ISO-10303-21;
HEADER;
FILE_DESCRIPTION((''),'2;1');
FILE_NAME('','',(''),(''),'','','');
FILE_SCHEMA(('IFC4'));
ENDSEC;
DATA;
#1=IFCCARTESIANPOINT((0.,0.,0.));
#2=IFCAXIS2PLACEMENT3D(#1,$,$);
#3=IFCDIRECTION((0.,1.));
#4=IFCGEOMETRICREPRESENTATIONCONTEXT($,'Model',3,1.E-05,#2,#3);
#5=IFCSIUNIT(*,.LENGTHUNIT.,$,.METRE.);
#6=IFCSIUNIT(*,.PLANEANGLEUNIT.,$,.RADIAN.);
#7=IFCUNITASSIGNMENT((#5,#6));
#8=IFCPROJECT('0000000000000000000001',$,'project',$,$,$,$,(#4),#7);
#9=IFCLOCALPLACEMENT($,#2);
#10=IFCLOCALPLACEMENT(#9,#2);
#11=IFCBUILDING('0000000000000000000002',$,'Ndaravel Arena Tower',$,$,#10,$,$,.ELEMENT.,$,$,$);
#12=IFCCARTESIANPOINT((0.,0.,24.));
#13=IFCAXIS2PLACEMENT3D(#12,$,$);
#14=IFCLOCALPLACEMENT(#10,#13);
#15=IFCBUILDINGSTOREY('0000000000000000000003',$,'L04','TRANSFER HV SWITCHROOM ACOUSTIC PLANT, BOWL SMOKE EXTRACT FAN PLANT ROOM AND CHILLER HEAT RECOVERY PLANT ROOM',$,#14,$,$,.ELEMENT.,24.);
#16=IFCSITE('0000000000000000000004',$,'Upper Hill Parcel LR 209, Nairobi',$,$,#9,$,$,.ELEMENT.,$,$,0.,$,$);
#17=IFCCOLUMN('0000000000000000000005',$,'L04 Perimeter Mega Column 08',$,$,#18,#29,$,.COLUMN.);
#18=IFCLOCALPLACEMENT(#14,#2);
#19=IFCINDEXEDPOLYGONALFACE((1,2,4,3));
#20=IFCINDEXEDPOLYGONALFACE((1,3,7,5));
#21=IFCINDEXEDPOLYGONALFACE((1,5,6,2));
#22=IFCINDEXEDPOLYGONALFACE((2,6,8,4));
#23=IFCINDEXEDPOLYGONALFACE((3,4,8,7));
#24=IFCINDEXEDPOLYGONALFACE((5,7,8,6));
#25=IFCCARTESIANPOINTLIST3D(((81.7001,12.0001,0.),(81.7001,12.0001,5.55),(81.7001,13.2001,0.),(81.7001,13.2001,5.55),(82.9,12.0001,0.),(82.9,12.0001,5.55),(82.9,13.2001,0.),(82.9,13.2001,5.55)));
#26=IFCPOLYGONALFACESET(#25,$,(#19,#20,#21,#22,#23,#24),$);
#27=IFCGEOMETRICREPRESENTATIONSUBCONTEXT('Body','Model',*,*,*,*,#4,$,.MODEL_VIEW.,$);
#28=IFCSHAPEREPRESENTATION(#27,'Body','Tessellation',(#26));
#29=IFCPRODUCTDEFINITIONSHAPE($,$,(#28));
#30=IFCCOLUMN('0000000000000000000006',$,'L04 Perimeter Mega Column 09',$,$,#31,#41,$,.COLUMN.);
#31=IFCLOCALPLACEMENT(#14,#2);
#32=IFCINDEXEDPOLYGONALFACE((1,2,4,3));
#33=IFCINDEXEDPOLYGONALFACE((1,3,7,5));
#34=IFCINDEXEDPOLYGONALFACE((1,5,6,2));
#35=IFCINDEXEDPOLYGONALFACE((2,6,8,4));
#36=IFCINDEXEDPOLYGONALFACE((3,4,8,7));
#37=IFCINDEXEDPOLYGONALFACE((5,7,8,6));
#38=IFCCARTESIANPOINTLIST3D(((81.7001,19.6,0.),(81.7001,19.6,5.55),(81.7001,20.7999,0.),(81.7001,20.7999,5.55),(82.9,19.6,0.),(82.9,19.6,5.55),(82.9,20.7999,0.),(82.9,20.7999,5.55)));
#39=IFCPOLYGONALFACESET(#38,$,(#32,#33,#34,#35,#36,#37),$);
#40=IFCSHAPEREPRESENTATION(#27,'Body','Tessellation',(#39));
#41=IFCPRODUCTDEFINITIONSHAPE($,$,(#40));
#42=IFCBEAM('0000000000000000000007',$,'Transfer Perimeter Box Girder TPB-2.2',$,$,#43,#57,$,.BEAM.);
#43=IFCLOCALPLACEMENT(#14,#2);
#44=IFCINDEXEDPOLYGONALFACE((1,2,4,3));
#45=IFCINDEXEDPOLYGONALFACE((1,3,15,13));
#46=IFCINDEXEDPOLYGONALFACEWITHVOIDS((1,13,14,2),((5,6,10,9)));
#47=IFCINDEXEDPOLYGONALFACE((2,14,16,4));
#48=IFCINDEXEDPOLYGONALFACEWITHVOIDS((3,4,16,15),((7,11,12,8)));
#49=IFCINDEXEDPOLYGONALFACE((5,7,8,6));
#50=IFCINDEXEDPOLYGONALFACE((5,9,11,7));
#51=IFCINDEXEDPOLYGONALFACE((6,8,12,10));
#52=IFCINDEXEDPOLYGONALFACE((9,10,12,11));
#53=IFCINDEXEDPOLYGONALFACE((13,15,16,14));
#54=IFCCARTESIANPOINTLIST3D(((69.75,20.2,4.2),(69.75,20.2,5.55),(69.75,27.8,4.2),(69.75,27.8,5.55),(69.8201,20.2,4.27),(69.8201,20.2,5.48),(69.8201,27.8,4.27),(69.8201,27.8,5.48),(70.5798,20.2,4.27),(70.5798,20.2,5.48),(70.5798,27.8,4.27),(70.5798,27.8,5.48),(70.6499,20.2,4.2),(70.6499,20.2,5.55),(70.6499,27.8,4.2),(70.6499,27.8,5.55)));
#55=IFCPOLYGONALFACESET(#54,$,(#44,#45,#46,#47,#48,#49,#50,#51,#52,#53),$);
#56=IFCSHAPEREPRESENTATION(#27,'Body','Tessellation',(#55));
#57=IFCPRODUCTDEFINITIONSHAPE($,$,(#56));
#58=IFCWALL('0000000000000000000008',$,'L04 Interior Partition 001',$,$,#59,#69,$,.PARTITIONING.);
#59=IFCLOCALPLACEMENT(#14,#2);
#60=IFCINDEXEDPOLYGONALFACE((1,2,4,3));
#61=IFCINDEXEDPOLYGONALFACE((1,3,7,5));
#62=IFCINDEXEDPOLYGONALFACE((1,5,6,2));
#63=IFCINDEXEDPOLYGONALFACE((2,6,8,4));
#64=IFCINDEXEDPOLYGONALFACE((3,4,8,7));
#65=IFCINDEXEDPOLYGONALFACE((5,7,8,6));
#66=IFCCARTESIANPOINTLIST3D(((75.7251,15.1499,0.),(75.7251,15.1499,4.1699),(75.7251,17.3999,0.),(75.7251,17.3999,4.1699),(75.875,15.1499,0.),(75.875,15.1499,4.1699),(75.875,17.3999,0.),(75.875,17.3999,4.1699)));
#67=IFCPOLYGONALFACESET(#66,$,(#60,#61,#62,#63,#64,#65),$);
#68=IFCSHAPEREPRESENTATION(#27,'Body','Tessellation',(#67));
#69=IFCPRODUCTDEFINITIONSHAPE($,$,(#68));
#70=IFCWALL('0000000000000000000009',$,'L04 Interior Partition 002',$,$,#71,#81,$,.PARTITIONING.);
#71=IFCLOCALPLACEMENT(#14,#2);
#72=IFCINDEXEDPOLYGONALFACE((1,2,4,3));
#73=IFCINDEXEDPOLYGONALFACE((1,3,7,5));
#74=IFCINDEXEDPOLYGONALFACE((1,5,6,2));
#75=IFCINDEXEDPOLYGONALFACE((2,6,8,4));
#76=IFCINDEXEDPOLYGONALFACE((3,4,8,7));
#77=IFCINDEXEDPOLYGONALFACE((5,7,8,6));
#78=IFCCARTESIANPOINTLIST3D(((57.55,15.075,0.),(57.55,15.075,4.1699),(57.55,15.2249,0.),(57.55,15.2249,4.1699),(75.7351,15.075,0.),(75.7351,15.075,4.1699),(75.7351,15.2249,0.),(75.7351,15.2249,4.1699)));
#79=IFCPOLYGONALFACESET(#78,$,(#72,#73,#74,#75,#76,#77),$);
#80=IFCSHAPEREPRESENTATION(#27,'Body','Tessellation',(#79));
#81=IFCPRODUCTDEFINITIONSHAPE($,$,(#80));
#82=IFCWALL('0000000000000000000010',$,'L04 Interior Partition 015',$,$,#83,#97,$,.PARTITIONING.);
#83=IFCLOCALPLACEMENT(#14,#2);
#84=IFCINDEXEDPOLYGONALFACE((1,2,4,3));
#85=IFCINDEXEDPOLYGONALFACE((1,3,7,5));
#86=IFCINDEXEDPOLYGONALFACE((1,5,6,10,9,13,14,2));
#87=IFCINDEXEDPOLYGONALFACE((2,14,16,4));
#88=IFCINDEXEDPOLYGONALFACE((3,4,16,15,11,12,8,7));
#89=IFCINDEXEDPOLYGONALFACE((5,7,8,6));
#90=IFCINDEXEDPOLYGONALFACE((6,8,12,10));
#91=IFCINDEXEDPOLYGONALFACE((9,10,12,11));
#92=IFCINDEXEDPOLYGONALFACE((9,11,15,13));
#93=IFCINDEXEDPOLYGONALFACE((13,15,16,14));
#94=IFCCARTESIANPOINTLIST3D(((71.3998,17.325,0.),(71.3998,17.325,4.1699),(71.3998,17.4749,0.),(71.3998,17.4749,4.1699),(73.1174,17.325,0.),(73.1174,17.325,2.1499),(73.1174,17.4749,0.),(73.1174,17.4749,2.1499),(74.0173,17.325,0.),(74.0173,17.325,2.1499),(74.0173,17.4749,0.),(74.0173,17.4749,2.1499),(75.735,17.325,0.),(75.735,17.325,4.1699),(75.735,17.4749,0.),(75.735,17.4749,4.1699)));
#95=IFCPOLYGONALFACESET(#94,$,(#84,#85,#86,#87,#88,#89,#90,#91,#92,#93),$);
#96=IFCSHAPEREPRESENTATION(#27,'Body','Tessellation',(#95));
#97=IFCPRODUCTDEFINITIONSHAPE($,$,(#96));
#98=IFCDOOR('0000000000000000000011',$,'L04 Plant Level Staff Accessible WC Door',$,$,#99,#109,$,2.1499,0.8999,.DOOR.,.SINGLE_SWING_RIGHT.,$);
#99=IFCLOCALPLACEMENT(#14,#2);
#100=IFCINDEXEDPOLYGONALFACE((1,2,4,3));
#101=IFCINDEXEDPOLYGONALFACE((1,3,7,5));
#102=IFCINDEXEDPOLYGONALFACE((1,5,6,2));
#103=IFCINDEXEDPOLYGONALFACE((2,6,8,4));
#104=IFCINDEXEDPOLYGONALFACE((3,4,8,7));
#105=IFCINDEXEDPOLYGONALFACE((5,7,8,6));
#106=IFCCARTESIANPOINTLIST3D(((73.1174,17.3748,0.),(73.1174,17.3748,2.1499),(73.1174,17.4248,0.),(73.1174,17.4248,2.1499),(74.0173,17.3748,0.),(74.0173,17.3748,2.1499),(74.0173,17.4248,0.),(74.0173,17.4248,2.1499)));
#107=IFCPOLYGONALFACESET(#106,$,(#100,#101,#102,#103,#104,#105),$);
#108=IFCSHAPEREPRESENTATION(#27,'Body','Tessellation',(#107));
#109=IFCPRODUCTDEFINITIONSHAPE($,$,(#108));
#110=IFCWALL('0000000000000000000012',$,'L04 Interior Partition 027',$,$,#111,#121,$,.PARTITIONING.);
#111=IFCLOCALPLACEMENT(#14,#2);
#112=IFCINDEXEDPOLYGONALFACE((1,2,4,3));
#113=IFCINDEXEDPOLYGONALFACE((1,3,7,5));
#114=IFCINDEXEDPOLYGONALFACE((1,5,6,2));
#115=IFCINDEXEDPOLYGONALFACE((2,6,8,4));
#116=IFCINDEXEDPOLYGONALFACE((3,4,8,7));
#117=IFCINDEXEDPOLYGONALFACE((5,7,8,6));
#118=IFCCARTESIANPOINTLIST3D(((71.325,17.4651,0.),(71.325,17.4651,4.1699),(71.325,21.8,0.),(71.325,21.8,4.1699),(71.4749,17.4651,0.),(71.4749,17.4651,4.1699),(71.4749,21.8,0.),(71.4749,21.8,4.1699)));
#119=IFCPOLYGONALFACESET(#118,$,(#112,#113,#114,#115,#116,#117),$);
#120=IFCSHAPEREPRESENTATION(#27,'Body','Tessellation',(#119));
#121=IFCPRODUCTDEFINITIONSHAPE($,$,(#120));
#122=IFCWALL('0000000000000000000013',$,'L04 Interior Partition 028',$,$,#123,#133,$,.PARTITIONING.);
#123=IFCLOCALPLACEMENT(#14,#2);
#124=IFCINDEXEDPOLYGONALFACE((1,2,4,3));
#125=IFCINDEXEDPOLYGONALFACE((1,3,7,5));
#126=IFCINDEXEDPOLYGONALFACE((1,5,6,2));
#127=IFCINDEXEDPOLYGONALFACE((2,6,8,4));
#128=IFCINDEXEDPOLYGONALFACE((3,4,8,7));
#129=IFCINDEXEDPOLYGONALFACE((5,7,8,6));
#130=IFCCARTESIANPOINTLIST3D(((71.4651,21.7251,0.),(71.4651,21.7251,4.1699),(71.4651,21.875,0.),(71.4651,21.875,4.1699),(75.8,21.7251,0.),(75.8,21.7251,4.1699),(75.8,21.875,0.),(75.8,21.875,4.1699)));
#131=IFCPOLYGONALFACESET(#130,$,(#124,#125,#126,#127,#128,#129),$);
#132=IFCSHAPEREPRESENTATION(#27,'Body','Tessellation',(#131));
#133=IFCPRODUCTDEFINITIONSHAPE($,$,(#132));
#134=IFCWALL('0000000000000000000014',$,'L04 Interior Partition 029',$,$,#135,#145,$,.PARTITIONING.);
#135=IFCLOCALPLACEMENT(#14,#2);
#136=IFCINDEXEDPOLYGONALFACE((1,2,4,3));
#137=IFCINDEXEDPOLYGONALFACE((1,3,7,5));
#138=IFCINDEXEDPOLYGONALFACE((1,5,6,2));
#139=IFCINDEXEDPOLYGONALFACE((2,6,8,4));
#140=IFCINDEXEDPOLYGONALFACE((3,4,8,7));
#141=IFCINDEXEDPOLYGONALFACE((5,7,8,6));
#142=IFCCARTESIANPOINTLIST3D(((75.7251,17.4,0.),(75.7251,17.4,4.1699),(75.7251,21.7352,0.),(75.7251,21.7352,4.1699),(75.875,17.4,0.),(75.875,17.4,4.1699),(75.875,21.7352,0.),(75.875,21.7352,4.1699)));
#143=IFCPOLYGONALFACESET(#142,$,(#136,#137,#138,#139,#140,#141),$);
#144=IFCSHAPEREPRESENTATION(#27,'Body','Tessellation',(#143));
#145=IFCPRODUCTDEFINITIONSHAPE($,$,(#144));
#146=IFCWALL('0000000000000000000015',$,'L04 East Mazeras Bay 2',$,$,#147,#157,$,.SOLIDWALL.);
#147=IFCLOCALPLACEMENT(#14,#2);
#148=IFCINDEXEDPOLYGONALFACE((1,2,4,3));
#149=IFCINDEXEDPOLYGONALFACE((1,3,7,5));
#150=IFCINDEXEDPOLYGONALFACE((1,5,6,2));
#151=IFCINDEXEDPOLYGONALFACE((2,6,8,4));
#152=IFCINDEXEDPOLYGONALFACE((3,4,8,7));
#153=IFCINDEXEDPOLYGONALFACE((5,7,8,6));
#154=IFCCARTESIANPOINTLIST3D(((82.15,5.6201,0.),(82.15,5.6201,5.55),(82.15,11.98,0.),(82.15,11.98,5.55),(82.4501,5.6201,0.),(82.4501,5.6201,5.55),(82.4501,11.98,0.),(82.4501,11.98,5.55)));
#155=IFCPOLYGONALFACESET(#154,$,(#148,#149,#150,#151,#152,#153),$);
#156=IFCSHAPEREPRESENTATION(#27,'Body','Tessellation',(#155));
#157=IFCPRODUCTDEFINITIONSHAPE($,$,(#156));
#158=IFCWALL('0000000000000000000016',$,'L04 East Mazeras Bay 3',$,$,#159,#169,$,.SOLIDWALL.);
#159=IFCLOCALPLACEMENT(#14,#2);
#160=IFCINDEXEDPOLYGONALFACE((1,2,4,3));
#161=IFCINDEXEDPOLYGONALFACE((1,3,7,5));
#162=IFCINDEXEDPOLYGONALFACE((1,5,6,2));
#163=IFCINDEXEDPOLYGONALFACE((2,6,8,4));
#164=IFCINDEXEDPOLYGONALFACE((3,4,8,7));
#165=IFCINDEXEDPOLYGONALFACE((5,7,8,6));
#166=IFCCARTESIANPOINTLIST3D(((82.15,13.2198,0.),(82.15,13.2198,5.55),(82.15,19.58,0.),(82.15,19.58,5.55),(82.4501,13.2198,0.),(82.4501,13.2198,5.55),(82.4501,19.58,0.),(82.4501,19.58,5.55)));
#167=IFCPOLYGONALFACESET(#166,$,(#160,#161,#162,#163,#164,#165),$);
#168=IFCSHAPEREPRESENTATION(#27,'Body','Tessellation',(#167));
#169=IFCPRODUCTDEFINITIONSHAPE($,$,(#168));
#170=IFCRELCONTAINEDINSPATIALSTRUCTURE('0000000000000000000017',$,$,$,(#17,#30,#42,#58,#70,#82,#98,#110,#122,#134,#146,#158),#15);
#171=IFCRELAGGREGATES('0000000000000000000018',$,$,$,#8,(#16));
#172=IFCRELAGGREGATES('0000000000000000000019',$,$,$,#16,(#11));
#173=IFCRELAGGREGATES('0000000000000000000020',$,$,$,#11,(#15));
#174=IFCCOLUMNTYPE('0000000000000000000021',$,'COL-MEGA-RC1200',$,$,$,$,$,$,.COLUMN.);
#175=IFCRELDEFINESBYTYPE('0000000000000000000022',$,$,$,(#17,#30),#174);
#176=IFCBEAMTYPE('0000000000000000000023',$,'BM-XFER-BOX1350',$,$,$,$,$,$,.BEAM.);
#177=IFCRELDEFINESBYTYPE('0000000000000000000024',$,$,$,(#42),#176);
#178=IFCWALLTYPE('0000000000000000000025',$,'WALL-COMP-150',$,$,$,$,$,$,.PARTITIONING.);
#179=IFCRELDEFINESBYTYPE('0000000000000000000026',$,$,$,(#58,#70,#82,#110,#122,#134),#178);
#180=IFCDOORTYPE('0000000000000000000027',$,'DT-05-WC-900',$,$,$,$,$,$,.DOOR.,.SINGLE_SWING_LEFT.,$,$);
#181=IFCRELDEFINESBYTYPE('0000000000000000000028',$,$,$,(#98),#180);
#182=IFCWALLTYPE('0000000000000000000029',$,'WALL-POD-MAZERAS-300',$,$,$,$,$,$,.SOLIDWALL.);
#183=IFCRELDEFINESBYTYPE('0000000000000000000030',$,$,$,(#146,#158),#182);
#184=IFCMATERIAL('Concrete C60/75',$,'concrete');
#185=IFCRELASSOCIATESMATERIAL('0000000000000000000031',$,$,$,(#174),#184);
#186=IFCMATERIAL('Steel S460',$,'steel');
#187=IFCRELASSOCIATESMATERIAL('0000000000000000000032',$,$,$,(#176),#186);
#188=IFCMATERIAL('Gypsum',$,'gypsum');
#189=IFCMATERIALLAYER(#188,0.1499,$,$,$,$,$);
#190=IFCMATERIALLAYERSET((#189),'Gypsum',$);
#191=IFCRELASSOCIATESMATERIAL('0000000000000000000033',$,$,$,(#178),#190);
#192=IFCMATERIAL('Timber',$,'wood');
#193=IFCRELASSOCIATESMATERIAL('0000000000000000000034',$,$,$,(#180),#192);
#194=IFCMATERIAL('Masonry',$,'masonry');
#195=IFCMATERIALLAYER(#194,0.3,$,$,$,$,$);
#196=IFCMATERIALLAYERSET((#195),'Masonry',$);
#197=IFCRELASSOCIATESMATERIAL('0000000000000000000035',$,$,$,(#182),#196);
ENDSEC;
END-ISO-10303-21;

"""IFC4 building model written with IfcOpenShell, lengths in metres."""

from ifc_helpers import new_model, si_unit, direction, frame, frame_2d, origin, origin_2d, place, context, subcontext, project, spatial, rectangle, hollow_rectangle, extrude, material, layer, layer_set, material_profile, profile_set, type_object, element, fill, save


model = new_model("IFC4")

# Units and contexts
model_context = context("Model", 3, precision=1e-05, world=origin(), true_north=direction((0.0, 1.0)))
body_context = subcontext(model_context, "Body", "Model", "MODEL_VIEW")
ifc_project = project(units=[si_unit("LENGTHUNIT", "METRE"), si_unit("PLANEANGLEUNIT", "RADIAN")], contexts=[model_context])

# Site, building, storey
site_placement = place(None, origin())
site = spatial("IfcSite", under=ifc_project, at=site_placement, Name="Upper Hill Parcel LR 209, Nairobi", CompositionType="ELEMENT", RefElevation=0.0)
building_placement = place(site_placement, origin())
building = spatial("IfcBuilding", under=site, at=building_placement, Name="Ndaravel Arena Tower", CompositionType="ELEMENT")
storey_placement = place(building_placement, frame((0.0, 0.0, 24.0)))
storey = spatial("IfcBuildingStorey", under=building, at=storey_placement, Name="L04", Description="TRANSFER HV SWITCHROOM ACOUSTIC PLANT, BOWL SMOKE EXTRACT FAN PLANT ROOM AND CHILLER HEAT RECOVERY PLANT ROOM", CompositionType="ELEMENT", Elevation=24.0)

# Columns
ifc_material_1 = material(Name="Concrete C60/75", Category="concrete")
ifc_material_profile_1 = material_profile(ifc_material_1, rectangle(XDim=1.2, YDim=1.2, at=origin_2d()), Name="RC 1200x1200")
ifc_profile_set_1 = profile_set([ifc_material_profile_1], Name="Concrete C60/75")
column_type = type_object("IfcColumnType", Name="COL-MEGA-RC1200", PredefinedType="COLUMN", material=ifc_profile_set_1)
for number, where, z_axis, x_axis, name in (
    (1, (82.3, 12.6001, 0.0), (0.0, 0.0, 1.0), (1.0, 0.0, 0.0), "L04 Perimeter Mega Column 08"),
    (2, (82.3, 20.2, 0.0), (0.0, 0.0, 1.0), (1.0, 0.0, 0.0), "L04 Perimeter Mega Column 09"),
):
    element("IfcColumn", number, at=place(storey_placement, frame(where, z_axis=z_axis, x_axis=x_axis)), inside=storey, type_object=column_type, Name=name, PredefinedType="COLUMN", context=body_context, shape_type="SweptSolid", body=[
        extrude(rectangle(XDim=1.2, YDim=1.2, at=origin_2d()), origin(), (0.0, 0.0, 1.0), 5.55),
    ])

# Beam
ifc_material_2 = material(Name="Steel S460", Category="steel")
ifc_material_profile_2 = material_profile(ifc_material_2, hollow_rectangle(XDim=0.8999, YDim=1.3501, WallThickness=0.0701, at=origin_2d()), Name="BOX 1350x900x70")
ifc_profile_set_2 = profile_set([ifc_material_profile_2], Name="Steel S460")
beam_type = type_object("IfcBeamType", Name="BM-XFER-BOX1350", PredefinedType="BEAM", material=ifc_profile_set_2)
beam_placement = place(storey_placement, frame((70.2, 20.2, 4.875), z_axis=(0.0, 1.0, 0.0), x_axis=(-1.0, 0.0, 0.0)))
element("IfcBeam", 3, at=beam_placement, inside=storey, type_object=beam_type, Name="Transfer Perimeter Box Girder TPB-2.2", PredefinedType="BEAM", context=body_context, shape_type="SweptSolid", body=[
    extrude(hollow_rectangle(XDim=0.8999, YDim=1.3501, WallThickness=0.0701, at=origin_2d()), origin(), (0.0, 0.0, 1.0), 7.6001),
])

# Walls
ifc_material_3 = material(Name="Gypsum", Category="gypsum")
ifc_layer_1 = layer(ifc_material_3, 0.1499)
ifc_layer_set_1 = layer_set([ifc_layer_1], Name="Gypsum")
wall_type_1 = type_object("IfcWallType", Name="WALL-COMP-150", PredefinedType="PARTITIONING", material=ifc_layer_set_1)
wall_1_placement = place(storey_placement, frame((75.8, 17.3999, 0.0), z_axis=(0.0, 0.0, 1.0), x_axis=(0.0, -1.0, 0.0)))
element("IfcWall", 4, at=wall_1_placement, inside=storey, type_object=wall_type_1, Name="L04 Interior Partition 001", PredefinedType="PARTITIONING", context=body_context, shape_type="SweptSolid", body=[
    extrude(rectangle(XDim=2.25, YDim=0.1499, at=frame_2d((1.125, 0.0))), origin(), (0.0, 0.0, 1.0), 4.1699),
])
wall_2_placement = place(storey_placement, frame((75.7351, 15.1499, 0.0), z_axis=(0.0, 0.0, 1.0), x_axis=(-1.0, 0.0, 0.0)))
element("IfcWall", 5, at=wall_2_placement, inside=storey, type_object=wall_type_1, Name="L04 Interior Partition 002", PredefinedType="PARTITIONING", context=body_context, shape_type="SweptSolid", body=[
    extrude(rectangle(XDim=18.1851, YDim=0.1499, at=frame_2d((9.0925, 0.0))), origin(), (0.0, 0.0, 1.0), 4.1699),
])

# Wall, opening, door
wall_3_placement = place(storey_placement, frame((71.3999, 17.3999, 0.0), z_axis=(0.0, 0.0, 1.0), x_axis=(1.0, 0.0, 0.0)))
wall_3 = element("IfcWall", 6, at=wall_3_placement, inside=storey, type_object=wall_type_1, Name="L04 Interior Partition 015", PredefinedType="PARTITIONING", context=body_context, shape_type="SweptSolid", body=[
    extrude(rectangle(XDim=4.3352, YDim=0.1499, at=frame_2d((2.1675, 0.0))), origin(), (0.0, 0.0, 1.0), 4.1699),
])
opening_1_placement = place(wall_3_placement, frame((1.7175, 0.0, 0.0)))
opening_1 = element("IfcOpeningElement", 7, at=opening_1_placement, cuts=wall_3, PredefinedType="OPENING", context=body_context, shape_type="SweptSolid", body=[
    extrude(rectangle(XDim=0.8999, YDim=2.1499, at=frame_2d((0.45, 1.075))), frame((0.0, 0.075, 0.0), z_axis=(0.0, -1.0, 0.0), x_axis=(1.0, 0.0, 0.0)), (0.0, 0.0, 1.0), 0.1499),
])
ifc_material_4 = material(Name="Timber", Category="wood")
door_type_1 = type_object("IfcDoorType", Name="DT-05-WC-900", OperationType="SINGLE_SWING_LEFT", PredefinedType="DOOR", material=ifc_material_4)
door_1_placement = place(opening_1_placement, origin())
door_1 = element("IfcDoor", 8, at=door_1_placement, inside=storey, type_object=door_type_1, Name="L04 Plant Level Staff Accessible WC Door", OperationType="SINGLE_SWING_RIGHT", OverallHeight=2.1499, OverallWidth=0.8999, PredefinedType="DOOR", context=body_context, shape_type="SweptSolid", body=[
    extrude(rectangle(XDim=0.8999, YDim=2.1499, at=frame_2d((0.45, 1.075))), frame((0.0, 0.0249, 0.0), z_axis=(0.0, -1.0, 0.0), x_axis=(1.0, 0.0, 0.0)), (0.0, 0.0, 1.0), 0.05),
])
fill(opening_1, door_1)

# Walls
for number, where, z_axis, x_axis, name in (
    (9, (71.3999, 17.4651, 0.0), (0.0, 0.0, 1.0), (0.0, 1.0, 0.0), "L04 Interior Partition 027"),
    (10, (71.4651, 21.8, 0.0), (0.0, 0.0, 1.0), (1.0, 0.0, 0.0), "L04 Interior Partition 028"),
):
    element("IfcWall", number, at=place(storey_placement, frame(where, z_axis=z_axis, x_axis=x_axis)), inside=storey, type_object=wall_type_1, Name=name, PredefinedType="PARTITIONING", context=body_context, shape_type="SweptSolid", body=[
        extrude(rectangle(XDim=4.335, YDim=0.1499, at=frame_2d((2.1675, 0.0))), origin(), (0.0, 0.0, 1.0), 4.1699),
    ])
wall_4_placement = place(storey_placement, frame((75.8, 21.7351, 0.0), z_axis=(0.0, 0.0, 1.0), x_axis=(0.0, -1.0, 0.0)))
element("IfcWall", 11, at=wall_4_placement, inside=storey, type_object=wall_type_1, Name="L04 Interior Partition 029", PredefinedType="PARTITIONING", context=body_context, shape_type="SweptSolid", body=[
    extrude(rectangle(XDim=4.3352, YDim=0.1499, at=frame_2d((2.1675, 0.0))), origin(), (0.0, 0.0, 1.0), 4.1699),
])
ifc_material_5 = material(Name="Masonry", Category="masonry")
ifc_layer_2 = layer(ifc_material_5, 0.3)
ifc_layer_set_2 = layer_set([ifc_layer_2], Name="Masonry")
wall_type_2 = type_object("IfcWallType", Name="WALL-POD-MAZERAS-300", PredefinedType="SOLIDWALL", material=ifc_layer_set_2)
wall_5_placement = place(storey_placement, frame((82.3, 11.98, 0.0), z_axis=(0.0, 0.0, 1.0), x_axis=(0.0, -1.0, 0.0)))
element("IfcWall", 12, at=wall_5_placement, inside=storey, type_object=wall_type_2, Name="L04 East Mazeras Bay 2", PredefinedType="SOLIDWALL", context=body_context, shape_type="SweptSolid", body=[
    extrude(rectangle(XDim=6.3599, YDim=0.3, at=frame_2d((3.1799, 0.0))), origin(), (0.0, 0.0, 1.0), 5.55),
])
wall_6_placement = place(storey_placement, frame((82.3, 19.5801, 0.0), z_axis=(0.0, 0.0, 1.0), x_axis=(0.0, -1.0, 0.0)))
element("IfcWall", 13, at=wall_6_placement, inside=storey, type_object=wall_type_2, Name="L04 East Mazeras Bay 3", PredefinedType="SOLIDWALL", context=body_context, shape_type="SweptSolid", body=[
    extrude(rectangle(XDim=6.3601, YDim=0.3, at=frame_2d((3.1802, 0.0))), origin(), (0.0, 0.0, 1.0), 5.55),
])

save(model, "model.ifc")
